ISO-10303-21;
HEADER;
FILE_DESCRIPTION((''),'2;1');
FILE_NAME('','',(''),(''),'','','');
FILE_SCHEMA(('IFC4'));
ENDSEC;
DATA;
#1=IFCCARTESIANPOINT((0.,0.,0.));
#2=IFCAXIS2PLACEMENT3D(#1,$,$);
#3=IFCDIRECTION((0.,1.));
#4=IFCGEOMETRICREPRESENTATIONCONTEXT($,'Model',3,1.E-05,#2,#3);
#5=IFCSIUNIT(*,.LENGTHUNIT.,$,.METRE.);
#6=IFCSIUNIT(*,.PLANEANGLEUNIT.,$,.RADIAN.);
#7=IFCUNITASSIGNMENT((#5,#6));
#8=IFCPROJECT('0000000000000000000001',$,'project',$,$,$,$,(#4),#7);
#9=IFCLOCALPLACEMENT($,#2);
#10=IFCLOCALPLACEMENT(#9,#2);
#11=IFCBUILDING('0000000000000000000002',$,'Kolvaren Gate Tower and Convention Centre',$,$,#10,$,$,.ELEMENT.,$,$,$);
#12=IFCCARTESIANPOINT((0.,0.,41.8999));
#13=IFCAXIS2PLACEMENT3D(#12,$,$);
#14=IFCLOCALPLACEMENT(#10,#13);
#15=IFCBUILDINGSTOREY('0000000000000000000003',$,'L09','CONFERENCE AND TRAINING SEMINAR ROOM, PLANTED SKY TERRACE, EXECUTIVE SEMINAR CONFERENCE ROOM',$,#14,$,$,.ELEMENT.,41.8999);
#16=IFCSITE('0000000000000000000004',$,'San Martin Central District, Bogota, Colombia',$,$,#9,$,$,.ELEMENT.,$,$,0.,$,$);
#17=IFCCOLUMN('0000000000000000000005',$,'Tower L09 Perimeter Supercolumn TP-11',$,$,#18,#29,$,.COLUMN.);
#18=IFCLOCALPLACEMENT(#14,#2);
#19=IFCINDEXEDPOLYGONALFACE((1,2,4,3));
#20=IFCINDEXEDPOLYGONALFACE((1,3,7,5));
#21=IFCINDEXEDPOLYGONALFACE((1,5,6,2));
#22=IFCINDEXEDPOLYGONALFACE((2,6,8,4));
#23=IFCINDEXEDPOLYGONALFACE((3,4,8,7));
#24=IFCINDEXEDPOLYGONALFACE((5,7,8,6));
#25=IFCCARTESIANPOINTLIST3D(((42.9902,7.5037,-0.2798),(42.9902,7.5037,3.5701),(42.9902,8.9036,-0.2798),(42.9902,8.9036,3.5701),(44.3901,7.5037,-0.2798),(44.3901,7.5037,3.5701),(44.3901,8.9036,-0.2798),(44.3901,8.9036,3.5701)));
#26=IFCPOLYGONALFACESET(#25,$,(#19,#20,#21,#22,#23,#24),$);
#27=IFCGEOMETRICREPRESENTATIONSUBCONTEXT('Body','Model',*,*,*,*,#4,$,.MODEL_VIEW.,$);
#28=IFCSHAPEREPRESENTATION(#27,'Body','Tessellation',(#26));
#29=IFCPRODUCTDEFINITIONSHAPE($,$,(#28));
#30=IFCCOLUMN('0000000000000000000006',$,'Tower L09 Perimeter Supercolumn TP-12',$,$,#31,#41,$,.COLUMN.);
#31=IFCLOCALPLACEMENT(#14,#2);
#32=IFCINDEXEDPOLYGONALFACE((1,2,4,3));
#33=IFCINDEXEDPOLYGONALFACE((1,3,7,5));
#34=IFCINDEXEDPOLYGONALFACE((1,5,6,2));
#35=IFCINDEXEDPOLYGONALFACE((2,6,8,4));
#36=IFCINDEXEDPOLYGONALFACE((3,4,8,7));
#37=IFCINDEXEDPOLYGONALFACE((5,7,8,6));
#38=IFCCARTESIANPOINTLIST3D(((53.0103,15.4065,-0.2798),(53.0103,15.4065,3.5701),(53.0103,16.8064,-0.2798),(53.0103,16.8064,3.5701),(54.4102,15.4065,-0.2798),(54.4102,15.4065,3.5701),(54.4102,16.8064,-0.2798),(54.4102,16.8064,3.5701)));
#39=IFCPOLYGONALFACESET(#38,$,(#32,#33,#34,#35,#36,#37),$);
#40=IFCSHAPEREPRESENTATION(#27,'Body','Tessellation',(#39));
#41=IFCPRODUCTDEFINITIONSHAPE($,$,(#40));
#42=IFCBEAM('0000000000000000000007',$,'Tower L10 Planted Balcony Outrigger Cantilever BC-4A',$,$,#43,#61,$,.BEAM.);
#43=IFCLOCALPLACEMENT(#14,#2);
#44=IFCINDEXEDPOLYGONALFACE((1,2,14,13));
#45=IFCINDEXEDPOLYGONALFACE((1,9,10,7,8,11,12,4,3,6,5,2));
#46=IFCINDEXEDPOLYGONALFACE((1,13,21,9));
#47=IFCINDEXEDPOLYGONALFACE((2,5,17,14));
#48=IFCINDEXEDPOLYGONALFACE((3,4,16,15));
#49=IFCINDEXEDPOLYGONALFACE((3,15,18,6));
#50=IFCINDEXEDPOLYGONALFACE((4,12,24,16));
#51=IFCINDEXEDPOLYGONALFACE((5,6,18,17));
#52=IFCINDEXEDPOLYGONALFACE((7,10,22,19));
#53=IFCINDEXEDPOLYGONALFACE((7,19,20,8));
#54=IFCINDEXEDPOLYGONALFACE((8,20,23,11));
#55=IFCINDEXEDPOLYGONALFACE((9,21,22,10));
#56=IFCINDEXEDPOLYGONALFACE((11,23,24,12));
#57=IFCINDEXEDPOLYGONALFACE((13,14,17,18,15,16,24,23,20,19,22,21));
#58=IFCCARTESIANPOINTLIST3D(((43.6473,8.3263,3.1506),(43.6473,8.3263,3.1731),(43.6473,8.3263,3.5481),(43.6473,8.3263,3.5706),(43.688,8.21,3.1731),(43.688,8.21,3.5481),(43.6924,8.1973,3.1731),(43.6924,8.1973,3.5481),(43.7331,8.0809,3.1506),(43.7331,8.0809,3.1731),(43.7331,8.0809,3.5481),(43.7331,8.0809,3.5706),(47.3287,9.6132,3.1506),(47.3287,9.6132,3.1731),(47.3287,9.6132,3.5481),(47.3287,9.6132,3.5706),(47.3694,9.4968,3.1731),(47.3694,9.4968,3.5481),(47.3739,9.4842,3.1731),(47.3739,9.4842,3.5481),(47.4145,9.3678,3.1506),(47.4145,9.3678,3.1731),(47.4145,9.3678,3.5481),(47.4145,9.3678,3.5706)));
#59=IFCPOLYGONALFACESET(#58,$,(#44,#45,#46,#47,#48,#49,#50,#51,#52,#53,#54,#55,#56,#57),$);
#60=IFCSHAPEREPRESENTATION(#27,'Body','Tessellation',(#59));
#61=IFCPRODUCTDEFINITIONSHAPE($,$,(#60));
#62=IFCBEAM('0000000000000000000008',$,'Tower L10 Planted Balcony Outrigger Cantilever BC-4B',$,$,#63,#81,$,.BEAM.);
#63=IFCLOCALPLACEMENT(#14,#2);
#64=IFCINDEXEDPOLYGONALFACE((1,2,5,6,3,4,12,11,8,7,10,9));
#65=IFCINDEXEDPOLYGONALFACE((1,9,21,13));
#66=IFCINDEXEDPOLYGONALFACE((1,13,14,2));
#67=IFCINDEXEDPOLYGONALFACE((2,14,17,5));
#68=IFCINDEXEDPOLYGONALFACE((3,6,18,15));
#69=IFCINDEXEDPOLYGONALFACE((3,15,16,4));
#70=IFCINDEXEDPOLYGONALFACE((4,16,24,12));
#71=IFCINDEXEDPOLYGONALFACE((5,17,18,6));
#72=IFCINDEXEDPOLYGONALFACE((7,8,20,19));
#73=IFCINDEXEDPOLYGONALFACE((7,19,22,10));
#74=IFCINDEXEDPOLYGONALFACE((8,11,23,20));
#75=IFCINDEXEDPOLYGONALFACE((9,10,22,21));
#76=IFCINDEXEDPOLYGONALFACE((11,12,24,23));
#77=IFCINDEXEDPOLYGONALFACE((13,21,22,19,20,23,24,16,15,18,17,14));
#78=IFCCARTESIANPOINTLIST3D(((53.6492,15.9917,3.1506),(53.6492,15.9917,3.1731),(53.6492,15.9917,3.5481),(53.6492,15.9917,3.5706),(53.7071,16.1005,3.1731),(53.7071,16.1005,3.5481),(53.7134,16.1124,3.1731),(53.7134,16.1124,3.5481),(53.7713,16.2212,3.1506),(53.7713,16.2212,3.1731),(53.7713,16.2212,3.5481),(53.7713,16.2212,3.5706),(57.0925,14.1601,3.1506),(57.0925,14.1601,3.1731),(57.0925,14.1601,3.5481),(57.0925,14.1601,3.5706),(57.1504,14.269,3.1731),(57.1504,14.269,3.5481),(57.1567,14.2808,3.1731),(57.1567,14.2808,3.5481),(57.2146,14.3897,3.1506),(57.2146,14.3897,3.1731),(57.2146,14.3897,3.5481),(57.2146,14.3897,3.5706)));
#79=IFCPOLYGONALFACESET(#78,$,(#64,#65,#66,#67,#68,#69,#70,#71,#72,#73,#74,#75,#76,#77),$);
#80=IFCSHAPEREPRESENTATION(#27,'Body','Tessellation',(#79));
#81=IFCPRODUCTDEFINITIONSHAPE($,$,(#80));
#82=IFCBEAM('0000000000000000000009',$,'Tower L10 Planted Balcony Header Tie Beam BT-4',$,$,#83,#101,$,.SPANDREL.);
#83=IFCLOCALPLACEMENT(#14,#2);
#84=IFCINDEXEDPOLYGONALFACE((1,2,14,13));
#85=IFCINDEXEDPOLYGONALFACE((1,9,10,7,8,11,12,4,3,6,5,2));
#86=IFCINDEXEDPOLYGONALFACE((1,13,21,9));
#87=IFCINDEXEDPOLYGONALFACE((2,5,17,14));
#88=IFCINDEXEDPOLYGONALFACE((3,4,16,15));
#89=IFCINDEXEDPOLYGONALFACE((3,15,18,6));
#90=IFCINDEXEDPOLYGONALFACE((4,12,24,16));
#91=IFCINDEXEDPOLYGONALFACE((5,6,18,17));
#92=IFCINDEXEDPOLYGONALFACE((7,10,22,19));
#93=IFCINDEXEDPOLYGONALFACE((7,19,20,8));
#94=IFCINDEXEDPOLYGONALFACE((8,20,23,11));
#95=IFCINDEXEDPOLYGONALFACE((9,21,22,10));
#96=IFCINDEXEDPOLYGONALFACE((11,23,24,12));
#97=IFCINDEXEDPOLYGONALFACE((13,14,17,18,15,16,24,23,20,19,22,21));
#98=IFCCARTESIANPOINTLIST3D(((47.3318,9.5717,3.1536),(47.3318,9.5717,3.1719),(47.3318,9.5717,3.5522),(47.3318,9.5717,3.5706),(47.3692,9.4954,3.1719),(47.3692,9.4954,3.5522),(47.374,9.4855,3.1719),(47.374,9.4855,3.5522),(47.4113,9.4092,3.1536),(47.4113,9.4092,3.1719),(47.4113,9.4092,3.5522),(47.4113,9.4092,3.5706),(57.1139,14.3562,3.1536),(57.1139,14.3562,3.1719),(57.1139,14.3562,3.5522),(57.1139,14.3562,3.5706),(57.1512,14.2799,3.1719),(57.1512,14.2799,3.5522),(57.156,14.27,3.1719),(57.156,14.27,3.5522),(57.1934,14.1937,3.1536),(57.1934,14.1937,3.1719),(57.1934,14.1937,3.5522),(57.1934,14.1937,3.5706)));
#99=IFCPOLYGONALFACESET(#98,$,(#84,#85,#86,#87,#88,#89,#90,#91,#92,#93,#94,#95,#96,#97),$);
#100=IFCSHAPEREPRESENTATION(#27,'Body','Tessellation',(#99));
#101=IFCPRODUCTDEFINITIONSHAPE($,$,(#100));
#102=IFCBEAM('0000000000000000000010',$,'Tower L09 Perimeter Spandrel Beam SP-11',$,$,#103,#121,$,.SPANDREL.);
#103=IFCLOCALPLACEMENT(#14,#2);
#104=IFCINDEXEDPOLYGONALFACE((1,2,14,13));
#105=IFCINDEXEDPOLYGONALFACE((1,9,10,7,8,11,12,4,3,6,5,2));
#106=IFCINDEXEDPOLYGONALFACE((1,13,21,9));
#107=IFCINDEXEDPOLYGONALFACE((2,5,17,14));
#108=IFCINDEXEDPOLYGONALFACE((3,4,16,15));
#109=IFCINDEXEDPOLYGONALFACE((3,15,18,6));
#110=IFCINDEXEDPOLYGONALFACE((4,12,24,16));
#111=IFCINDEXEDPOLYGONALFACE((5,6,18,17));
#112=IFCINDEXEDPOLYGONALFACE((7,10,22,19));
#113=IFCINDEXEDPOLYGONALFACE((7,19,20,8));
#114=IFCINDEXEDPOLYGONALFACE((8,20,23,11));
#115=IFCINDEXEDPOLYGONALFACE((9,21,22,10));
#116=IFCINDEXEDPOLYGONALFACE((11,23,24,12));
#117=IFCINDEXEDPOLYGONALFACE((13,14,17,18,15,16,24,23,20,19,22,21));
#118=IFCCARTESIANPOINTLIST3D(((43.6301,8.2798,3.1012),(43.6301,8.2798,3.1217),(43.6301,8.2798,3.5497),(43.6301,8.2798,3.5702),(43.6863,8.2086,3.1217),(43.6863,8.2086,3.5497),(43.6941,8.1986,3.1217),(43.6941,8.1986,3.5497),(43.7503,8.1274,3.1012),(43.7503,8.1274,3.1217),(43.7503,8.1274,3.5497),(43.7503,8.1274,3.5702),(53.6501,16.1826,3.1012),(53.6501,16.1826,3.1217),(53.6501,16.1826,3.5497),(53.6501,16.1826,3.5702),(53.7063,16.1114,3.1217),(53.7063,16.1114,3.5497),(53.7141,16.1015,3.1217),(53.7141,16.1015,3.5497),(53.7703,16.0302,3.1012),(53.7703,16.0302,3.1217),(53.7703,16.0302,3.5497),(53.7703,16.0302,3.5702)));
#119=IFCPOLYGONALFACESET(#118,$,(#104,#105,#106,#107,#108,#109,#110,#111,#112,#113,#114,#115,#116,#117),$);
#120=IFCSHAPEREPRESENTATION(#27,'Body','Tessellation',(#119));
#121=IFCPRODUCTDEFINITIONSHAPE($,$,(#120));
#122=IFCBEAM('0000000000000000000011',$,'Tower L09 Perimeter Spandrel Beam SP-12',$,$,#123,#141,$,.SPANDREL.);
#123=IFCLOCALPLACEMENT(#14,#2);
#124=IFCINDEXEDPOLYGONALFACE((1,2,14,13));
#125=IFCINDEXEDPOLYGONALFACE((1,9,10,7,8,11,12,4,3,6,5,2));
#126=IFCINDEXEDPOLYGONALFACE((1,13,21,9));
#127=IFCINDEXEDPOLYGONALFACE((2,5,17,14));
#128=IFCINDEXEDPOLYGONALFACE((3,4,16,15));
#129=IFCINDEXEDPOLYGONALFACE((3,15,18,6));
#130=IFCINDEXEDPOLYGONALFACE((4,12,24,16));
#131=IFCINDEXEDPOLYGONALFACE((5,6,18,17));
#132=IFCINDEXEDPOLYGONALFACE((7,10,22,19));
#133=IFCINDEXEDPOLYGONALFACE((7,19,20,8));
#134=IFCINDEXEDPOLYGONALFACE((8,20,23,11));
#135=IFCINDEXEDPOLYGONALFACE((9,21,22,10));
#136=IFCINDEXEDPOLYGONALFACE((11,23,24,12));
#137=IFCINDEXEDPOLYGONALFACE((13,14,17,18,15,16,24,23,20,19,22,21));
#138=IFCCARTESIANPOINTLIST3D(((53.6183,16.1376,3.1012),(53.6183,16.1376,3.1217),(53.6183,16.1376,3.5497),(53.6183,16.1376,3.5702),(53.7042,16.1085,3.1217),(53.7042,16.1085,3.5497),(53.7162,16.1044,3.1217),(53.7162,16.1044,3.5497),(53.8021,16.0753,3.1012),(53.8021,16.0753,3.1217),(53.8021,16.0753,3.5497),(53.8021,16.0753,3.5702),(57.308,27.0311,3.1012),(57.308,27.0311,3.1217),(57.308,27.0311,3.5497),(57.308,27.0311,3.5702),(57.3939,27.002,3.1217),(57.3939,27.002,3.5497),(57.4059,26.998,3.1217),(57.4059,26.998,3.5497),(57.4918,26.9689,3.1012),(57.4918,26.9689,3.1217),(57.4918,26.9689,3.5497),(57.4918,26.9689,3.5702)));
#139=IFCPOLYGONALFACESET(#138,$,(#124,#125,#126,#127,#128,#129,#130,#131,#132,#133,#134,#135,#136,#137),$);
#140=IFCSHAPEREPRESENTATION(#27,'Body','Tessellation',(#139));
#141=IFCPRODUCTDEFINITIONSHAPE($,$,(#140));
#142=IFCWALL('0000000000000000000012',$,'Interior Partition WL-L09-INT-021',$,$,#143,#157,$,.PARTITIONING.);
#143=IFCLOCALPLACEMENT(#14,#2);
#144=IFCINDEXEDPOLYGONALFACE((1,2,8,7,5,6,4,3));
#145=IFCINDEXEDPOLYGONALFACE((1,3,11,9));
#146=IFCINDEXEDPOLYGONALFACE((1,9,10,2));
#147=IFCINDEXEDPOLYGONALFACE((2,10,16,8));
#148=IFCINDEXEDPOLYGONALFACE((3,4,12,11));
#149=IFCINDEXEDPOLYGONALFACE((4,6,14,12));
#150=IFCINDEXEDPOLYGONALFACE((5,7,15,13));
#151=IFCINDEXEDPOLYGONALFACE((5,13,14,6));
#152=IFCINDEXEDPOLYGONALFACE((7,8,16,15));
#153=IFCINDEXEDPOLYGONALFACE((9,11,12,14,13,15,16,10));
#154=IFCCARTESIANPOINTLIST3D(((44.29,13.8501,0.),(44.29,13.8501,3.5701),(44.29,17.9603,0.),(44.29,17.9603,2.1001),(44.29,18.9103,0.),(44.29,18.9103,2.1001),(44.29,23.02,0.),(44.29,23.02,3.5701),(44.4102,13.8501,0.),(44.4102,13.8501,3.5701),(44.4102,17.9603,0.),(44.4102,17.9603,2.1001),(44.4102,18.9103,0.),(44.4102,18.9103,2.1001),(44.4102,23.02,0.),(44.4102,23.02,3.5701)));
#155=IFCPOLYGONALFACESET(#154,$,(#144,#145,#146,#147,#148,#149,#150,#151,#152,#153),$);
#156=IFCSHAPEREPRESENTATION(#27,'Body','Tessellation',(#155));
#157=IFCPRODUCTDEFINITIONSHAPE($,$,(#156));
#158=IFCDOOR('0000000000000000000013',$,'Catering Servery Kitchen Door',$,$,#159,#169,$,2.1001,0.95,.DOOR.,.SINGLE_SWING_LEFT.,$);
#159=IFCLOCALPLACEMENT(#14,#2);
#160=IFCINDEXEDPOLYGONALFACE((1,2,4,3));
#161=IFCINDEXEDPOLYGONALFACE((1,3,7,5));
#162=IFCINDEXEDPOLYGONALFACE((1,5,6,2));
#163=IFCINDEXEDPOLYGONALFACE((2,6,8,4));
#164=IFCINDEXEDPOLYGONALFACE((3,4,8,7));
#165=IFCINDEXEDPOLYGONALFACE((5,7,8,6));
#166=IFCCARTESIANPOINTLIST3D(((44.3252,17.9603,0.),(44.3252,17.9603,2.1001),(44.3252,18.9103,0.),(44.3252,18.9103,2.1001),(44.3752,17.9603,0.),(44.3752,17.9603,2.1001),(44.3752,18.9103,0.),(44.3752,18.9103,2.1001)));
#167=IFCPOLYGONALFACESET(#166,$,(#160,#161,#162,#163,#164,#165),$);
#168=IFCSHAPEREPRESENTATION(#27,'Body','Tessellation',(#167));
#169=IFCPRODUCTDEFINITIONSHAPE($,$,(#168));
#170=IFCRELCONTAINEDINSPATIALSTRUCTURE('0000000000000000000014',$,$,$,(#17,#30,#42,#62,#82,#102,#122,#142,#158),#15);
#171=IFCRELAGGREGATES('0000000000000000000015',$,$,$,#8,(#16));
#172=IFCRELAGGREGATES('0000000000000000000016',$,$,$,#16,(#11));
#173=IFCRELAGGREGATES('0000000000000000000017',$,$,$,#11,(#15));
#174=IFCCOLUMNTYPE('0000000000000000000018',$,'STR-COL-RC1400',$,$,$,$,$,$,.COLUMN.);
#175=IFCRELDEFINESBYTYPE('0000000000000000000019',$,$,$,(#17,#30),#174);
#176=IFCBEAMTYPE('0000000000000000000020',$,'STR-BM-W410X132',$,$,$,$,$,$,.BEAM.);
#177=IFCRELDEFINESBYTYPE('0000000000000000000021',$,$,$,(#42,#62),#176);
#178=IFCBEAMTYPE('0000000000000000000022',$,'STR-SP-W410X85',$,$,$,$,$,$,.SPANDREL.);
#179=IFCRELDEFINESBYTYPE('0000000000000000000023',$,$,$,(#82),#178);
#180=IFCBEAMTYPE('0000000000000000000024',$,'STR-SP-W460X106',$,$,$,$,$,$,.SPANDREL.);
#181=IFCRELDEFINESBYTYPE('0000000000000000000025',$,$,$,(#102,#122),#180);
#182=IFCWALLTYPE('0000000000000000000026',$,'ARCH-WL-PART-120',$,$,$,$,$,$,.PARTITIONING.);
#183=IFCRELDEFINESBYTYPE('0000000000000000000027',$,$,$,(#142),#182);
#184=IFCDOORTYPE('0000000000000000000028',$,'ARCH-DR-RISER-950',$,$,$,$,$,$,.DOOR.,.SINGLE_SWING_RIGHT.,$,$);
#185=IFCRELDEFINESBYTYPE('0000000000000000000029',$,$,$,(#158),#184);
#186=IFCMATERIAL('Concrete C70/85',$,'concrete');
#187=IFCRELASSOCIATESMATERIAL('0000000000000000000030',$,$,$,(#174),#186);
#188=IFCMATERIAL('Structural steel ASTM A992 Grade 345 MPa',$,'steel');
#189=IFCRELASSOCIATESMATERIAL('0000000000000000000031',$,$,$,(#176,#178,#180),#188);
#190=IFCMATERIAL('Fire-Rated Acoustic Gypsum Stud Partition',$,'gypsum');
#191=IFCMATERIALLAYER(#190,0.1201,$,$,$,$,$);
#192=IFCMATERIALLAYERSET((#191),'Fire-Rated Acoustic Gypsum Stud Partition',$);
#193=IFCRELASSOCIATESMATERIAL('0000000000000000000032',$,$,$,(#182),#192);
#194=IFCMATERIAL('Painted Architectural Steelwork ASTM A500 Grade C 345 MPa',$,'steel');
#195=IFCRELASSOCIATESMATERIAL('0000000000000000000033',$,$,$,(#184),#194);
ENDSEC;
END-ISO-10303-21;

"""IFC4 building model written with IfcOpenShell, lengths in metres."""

from ifc_helpers import new_model, si_unit, direction, frame, frame_2d, origin, origin_2d, place, context, subcontext, project, spatial, rectangle, i_section, extrude, material, layer, layer_set, material_profile, profile_set, type_object, element, fill, save


model = new_model("IFC4")

# Units and contexts
model_context = context("Model", 3, precision=1e-05, world=origin(), true_north=direction((0.0, 1.0)))
body_context = subcontext(model_context, "Body", "Model", "MODEL_VIEW")
ifc_project = project(units=[si_unit("LENGTHUNIT", "METRE"), si_unit("PLANEANGLEUNIT", "RADIAN")], contexts=[model_context])

# Site, building, storey
site_placement = place(None, origin())
site = spatial("IfcSite", under=ifc_project, at=site_placement, Name="San Martin Central District, Bogota, Colombia", CompositionType="ELEMENT", RefElevation=0.0)
building_placement = place(site_placement, origin())
building = spatial("IfcBuilding", under=site, at=building_placement, Name="Kolvaren Gate Tower and Convention Centre", CompositionType="ELEMENT")
storey_placement = place(building_placement, frame((0.0, 0.0, 41.8999)))
storey = spatial("IfcBuildingStorey", under=building, at=storey_placement, Name="L09", Description="CONFERENCE AND TRAINING SEMINAR ROOM, PLANTED SKY TERRACE, EXECUTIVE SEMINAR CONFERENCE ROOM", CompositionType="ELEMENT", Elevation=41.8999)

# Columns
ifc_material_1 = material(Name="Concrete C70/85", Category="concrete")
ifc_material_profile_1 = material_profile(ifc_material_1, rectangle(XDim=1.3999, YDim=1.3999, at=origin_2d()), Name="RC-COL-1400X1400")
ifc_profile_set_1 = profile_set([ifc_material_profile_1], Name="Concrete C70/85")
column_type = type_object("IfcColumnType", Name="STR-COL-RC1400", PredefinedType="COLUMN", material=ifc_profile_set_1)
for number, where, z_axis, x_axis, name in (
    (1, (43.6902, 8.2036, -0.2798), (0.0, 0.0, 1.0), (1.0, 0.0, 0.0), "Tower L09 Perimeter Supercolumn TP-11"),
    (2, (53.7102, 16.1064, -0.2798), (0.0, 0.0, 1.0), (1.0, 0.0, 0.0), "Tower L09 Perimeter Supercolumn TP-12"),
):
    element("IfcColumn", number, at=place(storey_placement, frame(where, z_axis=z_axis, x_axis=x_axis)), inside=storey, type_object=column_type, Name=name, PredefinedType="COLUMN", context=body_context, shape_type="SweptSolid", body=[
        extrude(rectangle(XDim=1.3999, YDim=1.3999, at=origin_2d()), origin(), (0.0, 0.0, 1.0), 3.8499),
    ])

# Beams
ifc_material_2 = material(Name="Structural steel ASTM A992 Grade 345 MPa", Category="steel")
ifc_material_profile_2 = material_profile(ifc_material_2, i_section(OverallWidth=0.26, OverallDepth=0.4199, WebThickness=0.0134, FlangeThickness=0.0225, at=origin_2d()), Name="W410X132")
ifc_profile_set_2 = profile_set([ifc_material_profile_2], Name="Structural steel ASTM A992 Grade 345 MPa")
beam_type_1 = type_object("IfcBeamType", Name="STR-BM-W410X132", PredefinedType="BEAM", material=ifc_profile_set_2)
beam_1_placement = place(storey_placement, frame((43.6902, 8.2036, 3.3606), z_axis=(0.943988, 0.32998, 0.0), x_axis=(-0.32998, 0.943988, 0.0)))
element("IfcBeam", 3, at=beam_1_placement, inside=storey, type_object=beam_type_1, Name="Tower L10 Planted Balcony Outrigger Cantilever BC-4A", PredefinedType="BEAM", context=body_context, shape_type="SweptSolid", body=[
    extrude(i_section(OverallWidth=0.26, OverallDepth=0.4199, WebThickness=0.0134, FlangeThickness=0.0225, at=origin_2d()), origin(), (0.0, 0.0, 1.0), 3.8999),
])
beam_2_placement = place(storey_placement, frame((53.7102, 16.1064, 3.3606), z_axis=(0.882876, -0.469607, 0.0), x_axis=(0.469607, 0.882876, 0.0)))
element("IfcBeam", 4, at=beam_2_placement, inside=storey, type_object=beam_type_1, Name="Tower L10 Planted Balcony Outrigger Cantilever BC-4B", PredefinedType="BEAM", context=body_context, shape_type="SweptSolid", body=[
    extrude(i_section(OverallWidth=0.26, OverallDepth=0.4199, WebThickness=0.0134, FlangeThickness=0.0225, at=origin_2d()), origin(), (0.0, 0.0, 1.0), 3.9001),
])
ifc_material_profile_3 = material_profile(ifc_material_2, i_section(OverallWidth=0.1809, OverallDepth=0.417, WebThickness=0.011, FlangeThickness=0.0183, at=origin_2d()), Name="W410X85")
ifc_profile_set_3 = profile_set([ifc_material_profile_3], Name="Structural steel ASTM A992 Grade 345 MPa")
beam_type_2 = type_object("IfcBeamType", Name="STR-SP-W410X85", PredefinedType="SPANDREL", material=ifc_profile_set_3)
beam_3_placement = place(storey_placement, frame((47.3716, 9.4905, 3.3621), z_axis=(0.898307, 0.439367, 0.0), x_axis=(-0.439367, 0.898307, 0.0)))
element("IfcBeam", 5, at=beam_3_placement, inside=storey, type_object=beam_type_2, Name="Tower L10 Planted Balcony Header Tie Beam BT-4", PredefinedType="SPANDREL", context=body_context, shape_type="SweptSolid", body=[
    extrude(i_section(OverallWidth=0.1809, OverallDepth=0.417, WebThickness=0.011, FlangeThickness=0.0183, at=origin_2d()), origin(), (0.0, 0.0, 1.0), 10.8894),
])
ifc_material_profile_4 = material_profile(ifc_material_2, i_section(OverallWidth=0.1941, OverallDepth=0.469, WebThickness=0.0127, FlangeThickness=0.0205, at=origin_2d()), Name="W460X106")
ifc_profile_set_4 = profile_set([ifc_material_profile_4], Name="Structural steel ASTM A992 Grade 345 MPa")
beam_type_3 = type_object("IfcBeamType", Name="STR-SP-W460X106", PredefinedType="SPANDREL", material=ifc_profile_set_4)
beam_4_placement = place(storey_placement, frame((43.6902, 8.2036, 3.3357), z_axis=(0.785176, 0.619272, 0.0), x_axis=(-0.619272, 0.785176, 0.0)))
element("IfcBeam", 6, at=beam_4_placement, inside=storey, type_object=beam_type_3, Name="Tower L09 Perimeter Spandrel Beam SP-11", PredefinedType="SPANDREL", context=body_context, shape_type="SweptSolid", body=[
    extrude(i_section(OverallWidth=0.1941, OverallDepth=0.469, WebThickness=0.0127, FlangeThickness=0.0205, at=origin_2d()), origin(), (0.0, 0.0, 1.0), 12.7615),
])
beam_5_placement = place(storey_placement, frame((53.7102, 16.1064, 3.3357), z_axis=(0.320803, 0.947146, 0.0), x_axis=(-0.947146, 0.320803, 0.0)))
element("IfcBeam", 7, at=beam_5_placement, inside=storey, type_object=beam_type_3, Name="Tower L09 Perimeter Spandrel Beam SP-12", PredefinedType="SPANDREL", context=body_context, shape_type="SweptSolid", body=[
    extrude(i_section(OverallWidth=0.1941, OverallDepth=0.469, WebThickness=0.0127, FlangeThickness=0.0205, at=origin_2d()), origin(), (0.0, 0.0, 1.0), 11.5015),
])

# Wall, opening, door
ifc_material_3 = material(Name="Fire-Rated Acoustic Gypsum Stud Partition", Category="gypsum")
ifc_layer_1 = layer(ifc_material_3, 0.1201)
ifc_layer_set_1 = layer_set([ifc_layer_1], Name="Fire-Rated Acoustic Gypsum Stud Partition")
wall_type_1 = type_object("IfcWallType", Name="ARCH-WL-PART-120", PredefinedType="PARTITIONING", material=ifc_layer_set_1)
wall_1_placement = place(storey_placement, frame((44.3501, 13.8501, 0.0), z_axis=(0.0, 0.0, 1.0), x_axis=(0.0, 1.0, 0.0)))
wall_1 = element("IfcWall", 8, at=wall_1_placement, inside=storey, type_object=wall_type_1, Name="Interior Partition WL-L09-INT-021", PredefinedType="PARTITIONING", context=body_context, shape_type="SweptSolid", body=[
    extrude(rectangle(XDim=9.1699, YDim=0.1201, at=frame_2d((4.585, 0.0))), origin(), (0.0, 0.0, 1.0), 3.5701),
])
opening_1_placement = place(wall_1_placement, frame((4.1101, 0.0, 0.0)))
opening_1 = element("IfcOpeningElement", 9, at=opening_1_placement, cuts=wall_1, PredefinedType="OPENING", context=body_context, shape_type="SweptSolid", body=[
    extrude(rectangle(XDim=0.95, YDim=2.1001, at=frame_2d((0.4751, 1.05))), frame((0.0, 0.0701, 0.0), z_axis=(0.0, -1.0, 0.0), x_axis=(1.0, 0.0, 0.0)), (0.0, 0.0, 1.0), 0.1401),
])
ifc_material_4 = material(Name="Painted Architectural Steelwork ASTM A500 Grade C 345 MPa", Category="steel")
door_type_1 = type_object("IfcDoorType", Name="ARCH-DR-RISER-950", OperationType="SINGLE_SWING_RIGHT", PredefinedType="DOOR", material=ifc_material_4)
door_1_placement = place(opening_1_placement, origin())
door_1 = element("IfcDoor", 10, at=door_1_placement, inside=storey, type_object=door_type_1, Name="Catering Servery Kitchen Door", OperationType="SINGLE_SWING_LEFT", OverallHeight=2.1001, OverallWidth=0.95, PredefinedType="DOOR", context=body_context, shape_type="SweptSolid", body=[
    extrude(rectangle(XDim=0.95, YDim=2.1001, at=frame_2d((0.4751, 1.05))), frame((0.0, 0.0249, 0.0), z_axis=(0.0, -1.0, 0.0), x_axis=(1.0, 0.0, 0.0)), (0.0, 0.0, 1.0), 0.05),
])
fill(opening_1, door_1)

save(model, "model.ifc")
